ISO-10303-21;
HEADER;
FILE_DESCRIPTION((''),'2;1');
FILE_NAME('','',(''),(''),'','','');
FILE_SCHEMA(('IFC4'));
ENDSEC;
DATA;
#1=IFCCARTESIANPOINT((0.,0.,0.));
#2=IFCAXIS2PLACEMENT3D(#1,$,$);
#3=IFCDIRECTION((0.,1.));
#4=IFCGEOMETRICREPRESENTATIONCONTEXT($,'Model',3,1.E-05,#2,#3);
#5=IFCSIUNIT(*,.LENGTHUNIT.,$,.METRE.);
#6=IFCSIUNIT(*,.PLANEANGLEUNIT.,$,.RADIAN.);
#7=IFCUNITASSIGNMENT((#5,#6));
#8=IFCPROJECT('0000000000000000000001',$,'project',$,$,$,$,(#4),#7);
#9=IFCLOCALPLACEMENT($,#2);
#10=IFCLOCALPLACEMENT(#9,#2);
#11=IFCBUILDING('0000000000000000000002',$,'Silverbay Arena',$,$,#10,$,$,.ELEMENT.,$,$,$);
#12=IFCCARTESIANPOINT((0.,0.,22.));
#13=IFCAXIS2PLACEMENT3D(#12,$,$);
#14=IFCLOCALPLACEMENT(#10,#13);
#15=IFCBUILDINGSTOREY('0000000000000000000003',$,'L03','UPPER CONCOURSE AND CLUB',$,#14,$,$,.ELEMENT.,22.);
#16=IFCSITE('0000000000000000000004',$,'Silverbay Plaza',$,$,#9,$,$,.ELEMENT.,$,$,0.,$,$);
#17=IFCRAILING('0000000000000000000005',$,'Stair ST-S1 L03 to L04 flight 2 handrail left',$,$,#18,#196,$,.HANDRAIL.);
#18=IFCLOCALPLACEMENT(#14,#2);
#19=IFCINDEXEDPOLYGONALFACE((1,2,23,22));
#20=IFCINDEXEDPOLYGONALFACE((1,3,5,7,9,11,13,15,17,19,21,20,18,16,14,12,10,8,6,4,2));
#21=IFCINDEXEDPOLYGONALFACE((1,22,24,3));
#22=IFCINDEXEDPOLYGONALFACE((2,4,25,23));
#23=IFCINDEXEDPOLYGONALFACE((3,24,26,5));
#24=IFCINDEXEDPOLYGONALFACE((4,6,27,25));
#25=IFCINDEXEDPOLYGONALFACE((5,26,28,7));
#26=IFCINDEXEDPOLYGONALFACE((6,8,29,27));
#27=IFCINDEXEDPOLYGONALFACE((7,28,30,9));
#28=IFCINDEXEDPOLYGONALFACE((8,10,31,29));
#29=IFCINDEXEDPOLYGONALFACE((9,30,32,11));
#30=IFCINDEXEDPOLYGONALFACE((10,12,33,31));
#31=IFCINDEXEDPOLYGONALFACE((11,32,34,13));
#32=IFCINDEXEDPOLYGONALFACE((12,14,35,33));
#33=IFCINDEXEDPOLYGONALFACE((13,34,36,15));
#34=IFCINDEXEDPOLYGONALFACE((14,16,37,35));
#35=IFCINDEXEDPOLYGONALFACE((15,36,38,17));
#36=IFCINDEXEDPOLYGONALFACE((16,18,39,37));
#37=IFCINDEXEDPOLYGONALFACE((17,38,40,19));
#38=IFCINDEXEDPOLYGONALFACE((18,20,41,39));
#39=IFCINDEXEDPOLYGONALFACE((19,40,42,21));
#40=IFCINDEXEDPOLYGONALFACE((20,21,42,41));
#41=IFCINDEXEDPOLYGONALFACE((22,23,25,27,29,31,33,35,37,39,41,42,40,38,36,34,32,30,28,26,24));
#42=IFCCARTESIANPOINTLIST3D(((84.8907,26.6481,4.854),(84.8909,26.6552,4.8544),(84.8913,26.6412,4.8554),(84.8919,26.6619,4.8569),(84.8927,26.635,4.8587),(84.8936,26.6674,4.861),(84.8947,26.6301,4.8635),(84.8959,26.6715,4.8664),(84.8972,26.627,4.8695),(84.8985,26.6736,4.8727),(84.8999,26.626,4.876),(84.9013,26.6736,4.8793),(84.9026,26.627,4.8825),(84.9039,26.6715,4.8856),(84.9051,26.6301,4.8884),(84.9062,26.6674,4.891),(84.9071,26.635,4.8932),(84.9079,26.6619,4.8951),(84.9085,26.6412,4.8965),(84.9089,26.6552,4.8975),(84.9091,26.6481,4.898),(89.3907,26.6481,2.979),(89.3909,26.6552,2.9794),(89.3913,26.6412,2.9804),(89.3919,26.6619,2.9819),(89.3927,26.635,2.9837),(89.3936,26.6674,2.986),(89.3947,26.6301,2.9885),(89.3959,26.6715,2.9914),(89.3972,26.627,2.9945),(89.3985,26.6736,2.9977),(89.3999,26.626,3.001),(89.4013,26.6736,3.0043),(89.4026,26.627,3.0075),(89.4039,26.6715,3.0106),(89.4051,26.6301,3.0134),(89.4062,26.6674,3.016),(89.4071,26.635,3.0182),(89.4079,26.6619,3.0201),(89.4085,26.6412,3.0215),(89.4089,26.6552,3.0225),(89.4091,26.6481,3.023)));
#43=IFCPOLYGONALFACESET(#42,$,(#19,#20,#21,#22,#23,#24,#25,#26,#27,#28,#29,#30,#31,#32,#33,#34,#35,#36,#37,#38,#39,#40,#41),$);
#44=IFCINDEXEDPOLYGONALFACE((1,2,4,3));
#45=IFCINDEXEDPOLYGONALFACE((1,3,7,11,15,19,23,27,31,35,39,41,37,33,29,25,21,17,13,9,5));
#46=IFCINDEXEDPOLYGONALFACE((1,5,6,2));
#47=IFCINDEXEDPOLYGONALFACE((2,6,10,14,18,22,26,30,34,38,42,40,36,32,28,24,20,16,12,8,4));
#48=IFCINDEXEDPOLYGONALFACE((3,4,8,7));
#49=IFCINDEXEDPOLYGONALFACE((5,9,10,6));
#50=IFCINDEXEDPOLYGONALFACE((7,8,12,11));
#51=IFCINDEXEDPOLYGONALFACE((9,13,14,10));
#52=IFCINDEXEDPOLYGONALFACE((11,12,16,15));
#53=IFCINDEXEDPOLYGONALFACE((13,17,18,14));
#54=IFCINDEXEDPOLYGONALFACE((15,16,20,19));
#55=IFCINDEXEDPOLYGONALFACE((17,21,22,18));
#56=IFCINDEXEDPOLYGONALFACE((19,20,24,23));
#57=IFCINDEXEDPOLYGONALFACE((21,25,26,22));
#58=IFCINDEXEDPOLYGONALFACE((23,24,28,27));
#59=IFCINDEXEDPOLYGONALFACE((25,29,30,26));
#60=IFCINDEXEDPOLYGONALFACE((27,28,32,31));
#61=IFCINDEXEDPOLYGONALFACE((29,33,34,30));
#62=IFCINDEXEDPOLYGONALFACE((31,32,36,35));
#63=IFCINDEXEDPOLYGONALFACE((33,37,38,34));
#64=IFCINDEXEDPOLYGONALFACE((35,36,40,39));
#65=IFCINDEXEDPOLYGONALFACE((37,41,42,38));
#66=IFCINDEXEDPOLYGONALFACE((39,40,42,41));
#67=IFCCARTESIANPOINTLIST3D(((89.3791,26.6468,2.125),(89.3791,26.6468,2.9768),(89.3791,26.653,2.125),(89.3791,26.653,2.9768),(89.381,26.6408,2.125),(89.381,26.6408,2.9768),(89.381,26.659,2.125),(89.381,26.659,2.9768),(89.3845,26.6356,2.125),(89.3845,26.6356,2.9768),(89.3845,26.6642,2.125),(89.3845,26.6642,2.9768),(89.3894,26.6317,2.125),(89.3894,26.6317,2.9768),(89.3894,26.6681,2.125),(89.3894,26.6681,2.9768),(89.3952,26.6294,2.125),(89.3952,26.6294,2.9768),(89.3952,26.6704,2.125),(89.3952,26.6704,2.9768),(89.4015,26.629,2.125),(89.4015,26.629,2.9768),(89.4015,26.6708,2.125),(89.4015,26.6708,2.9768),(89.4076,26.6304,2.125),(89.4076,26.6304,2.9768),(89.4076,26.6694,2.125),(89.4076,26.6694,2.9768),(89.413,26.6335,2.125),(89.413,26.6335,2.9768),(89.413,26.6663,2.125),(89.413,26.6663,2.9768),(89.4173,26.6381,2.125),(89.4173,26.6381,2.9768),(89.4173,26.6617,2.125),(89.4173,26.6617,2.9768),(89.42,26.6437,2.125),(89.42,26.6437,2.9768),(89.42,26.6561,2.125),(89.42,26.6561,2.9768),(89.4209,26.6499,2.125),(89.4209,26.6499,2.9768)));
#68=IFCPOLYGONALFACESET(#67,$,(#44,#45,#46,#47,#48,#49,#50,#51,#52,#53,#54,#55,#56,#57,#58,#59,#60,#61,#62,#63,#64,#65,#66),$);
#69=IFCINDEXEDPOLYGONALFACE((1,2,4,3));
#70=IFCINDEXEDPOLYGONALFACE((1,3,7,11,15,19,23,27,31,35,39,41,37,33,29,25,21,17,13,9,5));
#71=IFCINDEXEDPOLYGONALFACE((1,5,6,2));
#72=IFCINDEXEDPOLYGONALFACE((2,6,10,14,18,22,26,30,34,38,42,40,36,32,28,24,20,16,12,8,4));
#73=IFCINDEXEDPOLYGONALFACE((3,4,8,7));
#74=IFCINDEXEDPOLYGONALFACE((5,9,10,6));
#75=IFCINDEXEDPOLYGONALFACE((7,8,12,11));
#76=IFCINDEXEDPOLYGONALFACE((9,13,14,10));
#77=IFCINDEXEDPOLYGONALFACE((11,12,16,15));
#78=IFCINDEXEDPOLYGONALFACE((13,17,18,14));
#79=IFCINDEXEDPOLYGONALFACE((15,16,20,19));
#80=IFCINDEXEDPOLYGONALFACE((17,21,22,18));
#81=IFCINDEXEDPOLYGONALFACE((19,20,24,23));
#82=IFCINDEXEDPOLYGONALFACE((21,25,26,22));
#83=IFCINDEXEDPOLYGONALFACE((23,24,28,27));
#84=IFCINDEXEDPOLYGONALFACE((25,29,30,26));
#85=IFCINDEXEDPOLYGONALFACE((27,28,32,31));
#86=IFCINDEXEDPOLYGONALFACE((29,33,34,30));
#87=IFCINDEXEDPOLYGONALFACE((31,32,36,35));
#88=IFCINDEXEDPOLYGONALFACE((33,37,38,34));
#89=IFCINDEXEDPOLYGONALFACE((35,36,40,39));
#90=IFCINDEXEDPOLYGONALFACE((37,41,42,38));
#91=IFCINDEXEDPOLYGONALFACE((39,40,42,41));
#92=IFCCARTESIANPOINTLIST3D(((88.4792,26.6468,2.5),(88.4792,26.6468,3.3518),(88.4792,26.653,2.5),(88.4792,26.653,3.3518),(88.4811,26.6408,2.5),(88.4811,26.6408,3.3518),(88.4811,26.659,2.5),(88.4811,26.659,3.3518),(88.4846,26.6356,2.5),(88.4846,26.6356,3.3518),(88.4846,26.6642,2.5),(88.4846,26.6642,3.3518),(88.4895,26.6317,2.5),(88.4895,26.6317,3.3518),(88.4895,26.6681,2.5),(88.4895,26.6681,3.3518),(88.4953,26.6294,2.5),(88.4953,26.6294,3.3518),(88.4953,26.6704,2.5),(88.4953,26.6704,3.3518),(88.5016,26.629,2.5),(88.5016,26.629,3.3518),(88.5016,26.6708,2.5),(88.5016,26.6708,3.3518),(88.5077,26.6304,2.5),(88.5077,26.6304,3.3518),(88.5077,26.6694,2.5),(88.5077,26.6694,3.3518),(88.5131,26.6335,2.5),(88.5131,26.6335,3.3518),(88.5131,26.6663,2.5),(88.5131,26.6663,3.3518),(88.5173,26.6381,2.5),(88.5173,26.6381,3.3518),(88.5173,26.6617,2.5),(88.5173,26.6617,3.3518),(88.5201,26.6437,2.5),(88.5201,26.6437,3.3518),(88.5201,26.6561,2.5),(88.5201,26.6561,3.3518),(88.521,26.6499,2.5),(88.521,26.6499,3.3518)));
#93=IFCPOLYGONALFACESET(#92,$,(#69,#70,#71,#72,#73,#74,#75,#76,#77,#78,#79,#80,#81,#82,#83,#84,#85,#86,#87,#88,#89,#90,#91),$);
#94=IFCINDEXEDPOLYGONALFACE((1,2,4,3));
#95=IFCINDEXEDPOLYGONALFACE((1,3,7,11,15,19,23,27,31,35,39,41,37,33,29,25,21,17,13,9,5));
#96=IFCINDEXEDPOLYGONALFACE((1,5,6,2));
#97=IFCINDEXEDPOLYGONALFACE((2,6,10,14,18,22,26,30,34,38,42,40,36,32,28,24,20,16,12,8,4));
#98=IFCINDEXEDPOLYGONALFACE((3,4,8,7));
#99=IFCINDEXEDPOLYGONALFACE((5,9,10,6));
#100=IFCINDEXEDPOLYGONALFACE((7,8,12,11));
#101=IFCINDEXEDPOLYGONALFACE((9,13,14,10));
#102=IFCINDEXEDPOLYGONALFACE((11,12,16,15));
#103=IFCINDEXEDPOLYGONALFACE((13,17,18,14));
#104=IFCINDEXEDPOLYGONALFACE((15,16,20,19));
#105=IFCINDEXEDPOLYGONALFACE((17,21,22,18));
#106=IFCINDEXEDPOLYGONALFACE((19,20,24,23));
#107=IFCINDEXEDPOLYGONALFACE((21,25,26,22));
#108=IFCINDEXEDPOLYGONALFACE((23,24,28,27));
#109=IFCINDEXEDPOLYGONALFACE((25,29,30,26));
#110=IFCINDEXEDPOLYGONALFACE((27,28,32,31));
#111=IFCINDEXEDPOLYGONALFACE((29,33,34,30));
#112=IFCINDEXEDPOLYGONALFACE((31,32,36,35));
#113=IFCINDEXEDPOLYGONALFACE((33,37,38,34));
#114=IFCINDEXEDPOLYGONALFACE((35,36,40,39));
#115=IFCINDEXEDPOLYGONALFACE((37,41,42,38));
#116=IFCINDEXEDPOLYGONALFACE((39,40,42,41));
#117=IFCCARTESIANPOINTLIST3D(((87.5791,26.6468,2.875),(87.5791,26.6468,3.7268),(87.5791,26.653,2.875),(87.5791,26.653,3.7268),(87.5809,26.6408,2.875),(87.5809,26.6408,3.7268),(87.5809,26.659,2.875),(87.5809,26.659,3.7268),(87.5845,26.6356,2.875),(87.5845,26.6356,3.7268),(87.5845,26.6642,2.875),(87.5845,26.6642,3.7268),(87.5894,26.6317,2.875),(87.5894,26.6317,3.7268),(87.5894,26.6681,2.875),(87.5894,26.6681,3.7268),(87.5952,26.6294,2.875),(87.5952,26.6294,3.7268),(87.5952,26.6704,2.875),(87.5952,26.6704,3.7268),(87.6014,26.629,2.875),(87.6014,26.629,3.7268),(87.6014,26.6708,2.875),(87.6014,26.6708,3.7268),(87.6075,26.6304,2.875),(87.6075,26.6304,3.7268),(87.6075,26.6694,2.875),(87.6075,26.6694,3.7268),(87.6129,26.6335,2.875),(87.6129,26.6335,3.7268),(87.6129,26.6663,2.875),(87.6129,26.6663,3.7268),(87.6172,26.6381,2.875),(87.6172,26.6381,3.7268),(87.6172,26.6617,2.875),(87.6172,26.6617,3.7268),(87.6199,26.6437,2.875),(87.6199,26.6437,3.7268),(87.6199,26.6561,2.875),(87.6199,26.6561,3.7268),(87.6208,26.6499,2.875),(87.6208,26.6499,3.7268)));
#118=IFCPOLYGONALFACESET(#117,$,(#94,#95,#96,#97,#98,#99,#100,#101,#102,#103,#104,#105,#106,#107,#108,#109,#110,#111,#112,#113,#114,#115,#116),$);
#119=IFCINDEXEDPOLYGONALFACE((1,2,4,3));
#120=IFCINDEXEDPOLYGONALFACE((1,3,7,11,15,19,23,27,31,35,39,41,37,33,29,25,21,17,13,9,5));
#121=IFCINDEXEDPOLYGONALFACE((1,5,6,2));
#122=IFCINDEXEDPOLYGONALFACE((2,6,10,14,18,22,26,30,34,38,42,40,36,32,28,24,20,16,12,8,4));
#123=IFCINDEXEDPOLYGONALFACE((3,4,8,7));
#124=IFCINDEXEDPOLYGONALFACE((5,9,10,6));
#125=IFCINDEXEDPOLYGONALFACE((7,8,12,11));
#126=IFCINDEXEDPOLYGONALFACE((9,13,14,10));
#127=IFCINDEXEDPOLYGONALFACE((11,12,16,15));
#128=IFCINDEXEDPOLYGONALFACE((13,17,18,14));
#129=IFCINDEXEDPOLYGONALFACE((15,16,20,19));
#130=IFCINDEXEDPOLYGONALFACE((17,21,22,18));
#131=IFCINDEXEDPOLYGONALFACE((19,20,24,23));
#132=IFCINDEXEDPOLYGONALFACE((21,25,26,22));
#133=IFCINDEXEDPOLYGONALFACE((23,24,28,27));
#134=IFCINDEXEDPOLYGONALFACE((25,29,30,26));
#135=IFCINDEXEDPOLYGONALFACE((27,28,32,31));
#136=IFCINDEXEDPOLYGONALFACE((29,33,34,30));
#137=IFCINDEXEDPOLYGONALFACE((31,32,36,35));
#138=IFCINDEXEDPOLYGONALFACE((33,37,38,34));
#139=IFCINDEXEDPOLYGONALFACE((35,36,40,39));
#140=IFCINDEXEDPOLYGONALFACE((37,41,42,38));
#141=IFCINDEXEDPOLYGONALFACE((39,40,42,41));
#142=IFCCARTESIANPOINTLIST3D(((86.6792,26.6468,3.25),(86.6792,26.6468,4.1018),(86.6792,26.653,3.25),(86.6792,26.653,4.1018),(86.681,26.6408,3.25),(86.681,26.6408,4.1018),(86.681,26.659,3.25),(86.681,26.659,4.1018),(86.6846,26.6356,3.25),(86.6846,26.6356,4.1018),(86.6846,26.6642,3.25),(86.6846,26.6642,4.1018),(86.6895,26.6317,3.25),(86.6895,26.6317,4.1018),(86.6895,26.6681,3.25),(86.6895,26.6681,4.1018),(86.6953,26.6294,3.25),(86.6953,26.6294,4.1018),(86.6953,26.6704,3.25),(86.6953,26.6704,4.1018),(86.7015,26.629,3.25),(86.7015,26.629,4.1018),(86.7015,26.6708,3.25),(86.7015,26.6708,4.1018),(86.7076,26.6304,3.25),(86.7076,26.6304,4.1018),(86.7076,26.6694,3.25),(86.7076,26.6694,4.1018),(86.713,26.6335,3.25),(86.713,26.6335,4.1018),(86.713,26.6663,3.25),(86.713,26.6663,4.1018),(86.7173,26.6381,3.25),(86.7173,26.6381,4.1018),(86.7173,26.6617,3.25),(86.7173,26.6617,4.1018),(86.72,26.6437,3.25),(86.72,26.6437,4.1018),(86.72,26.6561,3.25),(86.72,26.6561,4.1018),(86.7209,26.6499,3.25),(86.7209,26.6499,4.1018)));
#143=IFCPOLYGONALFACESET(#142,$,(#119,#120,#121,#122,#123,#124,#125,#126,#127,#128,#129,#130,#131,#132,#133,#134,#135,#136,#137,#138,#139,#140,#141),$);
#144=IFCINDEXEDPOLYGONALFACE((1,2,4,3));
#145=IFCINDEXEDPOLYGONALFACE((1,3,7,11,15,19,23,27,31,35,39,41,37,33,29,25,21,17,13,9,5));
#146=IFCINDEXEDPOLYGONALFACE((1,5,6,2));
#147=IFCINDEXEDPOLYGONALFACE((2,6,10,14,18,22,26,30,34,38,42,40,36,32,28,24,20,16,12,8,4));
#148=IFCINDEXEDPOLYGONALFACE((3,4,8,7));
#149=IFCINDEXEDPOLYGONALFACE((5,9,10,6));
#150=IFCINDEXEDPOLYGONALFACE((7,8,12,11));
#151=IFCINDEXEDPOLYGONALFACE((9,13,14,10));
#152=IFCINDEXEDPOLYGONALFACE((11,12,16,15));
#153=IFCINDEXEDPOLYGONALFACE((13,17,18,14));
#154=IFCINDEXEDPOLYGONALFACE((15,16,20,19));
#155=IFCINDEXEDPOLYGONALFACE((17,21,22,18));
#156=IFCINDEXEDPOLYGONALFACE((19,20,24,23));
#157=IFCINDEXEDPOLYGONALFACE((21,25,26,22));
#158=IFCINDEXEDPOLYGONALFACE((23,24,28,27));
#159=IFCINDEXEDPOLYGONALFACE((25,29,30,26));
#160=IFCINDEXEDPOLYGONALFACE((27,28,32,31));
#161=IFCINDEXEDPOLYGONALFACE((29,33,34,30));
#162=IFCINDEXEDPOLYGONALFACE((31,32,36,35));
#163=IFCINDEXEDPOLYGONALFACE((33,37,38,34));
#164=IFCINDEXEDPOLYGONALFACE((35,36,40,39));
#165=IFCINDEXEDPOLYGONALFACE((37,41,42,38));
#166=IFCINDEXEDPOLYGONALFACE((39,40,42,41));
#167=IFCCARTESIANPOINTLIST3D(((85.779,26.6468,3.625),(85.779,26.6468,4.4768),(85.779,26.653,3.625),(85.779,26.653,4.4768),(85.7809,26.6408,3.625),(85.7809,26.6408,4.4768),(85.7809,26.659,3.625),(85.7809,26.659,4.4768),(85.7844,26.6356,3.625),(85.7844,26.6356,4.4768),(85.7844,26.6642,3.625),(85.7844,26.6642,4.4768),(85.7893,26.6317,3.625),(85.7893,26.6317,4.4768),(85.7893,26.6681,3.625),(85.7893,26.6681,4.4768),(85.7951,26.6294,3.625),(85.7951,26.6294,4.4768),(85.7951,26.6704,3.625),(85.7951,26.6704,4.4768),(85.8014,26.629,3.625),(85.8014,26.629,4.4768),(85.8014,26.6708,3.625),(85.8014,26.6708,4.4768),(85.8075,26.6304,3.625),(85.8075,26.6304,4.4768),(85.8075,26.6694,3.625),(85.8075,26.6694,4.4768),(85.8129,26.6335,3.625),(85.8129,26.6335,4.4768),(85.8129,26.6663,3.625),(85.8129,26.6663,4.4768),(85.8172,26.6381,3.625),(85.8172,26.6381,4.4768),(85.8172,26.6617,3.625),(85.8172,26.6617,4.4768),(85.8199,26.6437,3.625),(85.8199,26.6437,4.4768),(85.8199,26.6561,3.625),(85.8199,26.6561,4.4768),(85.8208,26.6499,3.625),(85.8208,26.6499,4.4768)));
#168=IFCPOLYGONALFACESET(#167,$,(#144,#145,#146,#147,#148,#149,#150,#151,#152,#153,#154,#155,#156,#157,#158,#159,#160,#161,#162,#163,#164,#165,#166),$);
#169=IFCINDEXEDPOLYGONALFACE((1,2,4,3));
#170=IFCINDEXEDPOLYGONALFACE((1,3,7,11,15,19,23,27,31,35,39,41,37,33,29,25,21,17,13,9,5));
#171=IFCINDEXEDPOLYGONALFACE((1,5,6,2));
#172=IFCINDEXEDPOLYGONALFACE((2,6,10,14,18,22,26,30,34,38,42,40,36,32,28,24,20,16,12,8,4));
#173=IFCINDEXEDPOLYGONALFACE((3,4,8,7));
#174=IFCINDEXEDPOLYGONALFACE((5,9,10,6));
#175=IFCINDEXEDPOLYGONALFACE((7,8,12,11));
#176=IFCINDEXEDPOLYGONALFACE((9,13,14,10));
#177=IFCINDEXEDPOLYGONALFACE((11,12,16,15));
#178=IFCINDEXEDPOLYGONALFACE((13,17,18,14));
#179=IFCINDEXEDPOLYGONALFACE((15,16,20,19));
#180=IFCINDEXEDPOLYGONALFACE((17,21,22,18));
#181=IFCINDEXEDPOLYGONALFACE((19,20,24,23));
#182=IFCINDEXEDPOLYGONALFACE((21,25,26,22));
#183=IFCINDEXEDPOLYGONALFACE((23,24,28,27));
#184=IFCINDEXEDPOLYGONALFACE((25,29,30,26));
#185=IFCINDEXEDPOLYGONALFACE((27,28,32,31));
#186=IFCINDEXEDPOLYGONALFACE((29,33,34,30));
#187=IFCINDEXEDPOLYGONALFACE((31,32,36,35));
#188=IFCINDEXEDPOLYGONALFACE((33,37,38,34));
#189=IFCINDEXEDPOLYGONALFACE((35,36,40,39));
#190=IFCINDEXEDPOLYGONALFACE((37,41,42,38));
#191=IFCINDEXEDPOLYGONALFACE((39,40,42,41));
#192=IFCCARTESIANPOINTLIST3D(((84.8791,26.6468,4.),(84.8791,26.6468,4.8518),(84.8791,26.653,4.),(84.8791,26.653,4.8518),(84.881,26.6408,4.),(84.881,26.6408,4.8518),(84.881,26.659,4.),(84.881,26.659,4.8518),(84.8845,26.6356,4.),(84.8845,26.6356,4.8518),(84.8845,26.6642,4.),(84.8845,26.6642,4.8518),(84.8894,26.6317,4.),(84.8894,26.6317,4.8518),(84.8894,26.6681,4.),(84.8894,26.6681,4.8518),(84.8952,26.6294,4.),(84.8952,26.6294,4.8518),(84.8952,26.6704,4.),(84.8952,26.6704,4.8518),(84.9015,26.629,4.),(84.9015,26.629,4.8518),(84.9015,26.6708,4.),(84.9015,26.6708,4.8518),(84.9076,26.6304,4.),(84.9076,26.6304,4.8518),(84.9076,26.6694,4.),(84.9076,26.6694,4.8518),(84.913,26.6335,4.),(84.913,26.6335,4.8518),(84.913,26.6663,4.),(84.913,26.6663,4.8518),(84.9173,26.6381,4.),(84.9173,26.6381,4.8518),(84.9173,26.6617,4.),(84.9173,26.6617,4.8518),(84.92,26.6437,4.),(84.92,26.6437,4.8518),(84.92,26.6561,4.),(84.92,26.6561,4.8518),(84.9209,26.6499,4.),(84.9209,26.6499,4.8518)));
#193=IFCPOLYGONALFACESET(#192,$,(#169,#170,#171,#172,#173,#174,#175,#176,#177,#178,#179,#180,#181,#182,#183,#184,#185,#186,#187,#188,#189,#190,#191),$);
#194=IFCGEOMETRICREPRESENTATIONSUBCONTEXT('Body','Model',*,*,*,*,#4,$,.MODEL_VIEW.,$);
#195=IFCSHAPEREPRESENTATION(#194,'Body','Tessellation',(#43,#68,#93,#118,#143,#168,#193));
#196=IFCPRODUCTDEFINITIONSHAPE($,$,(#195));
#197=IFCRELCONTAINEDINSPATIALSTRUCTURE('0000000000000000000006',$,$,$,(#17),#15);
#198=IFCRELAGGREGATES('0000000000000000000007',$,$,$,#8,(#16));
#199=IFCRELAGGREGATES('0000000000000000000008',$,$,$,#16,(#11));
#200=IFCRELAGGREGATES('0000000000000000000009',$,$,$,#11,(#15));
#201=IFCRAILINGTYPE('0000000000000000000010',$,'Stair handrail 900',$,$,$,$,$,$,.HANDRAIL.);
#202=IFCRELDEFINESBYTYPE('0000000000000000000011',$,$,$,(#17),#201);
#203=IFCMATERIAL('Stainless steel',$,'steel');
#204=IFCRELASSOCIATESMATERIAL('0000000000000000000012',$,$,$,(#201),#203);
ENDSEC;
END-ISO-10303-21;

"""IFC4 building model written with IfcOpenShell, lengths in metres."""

from ifc_helpers import new_model, si_unit, direction, frame, origin, origin_2d, place, context, subcontext, project, spatial, circle, extrude, material, type_object, element, save


model = new_model("IFC4")

# Units and contexts
model_context = context("Model", 3, precision=1e-05, world=origin(), true_north=direction((0.0, 1.0)))
body_context = subcontext(model_context, "Body", "Model", "MODEL_VIEW")
ifc_project = project(units=[si_unit("LENGTHUNIT", "METRE"), si_unit("PLANEANGLEUNIT", "RADIAN")], contexts=[model_context])

# Site, building, storey
site_placement = place(None, origin())
site = spatial("IfcSite", under=ifc_project, at=site_placement, Name="Silverbay Plaza", CompositionType="ELEMENT", RefElevation=0.0)
building_placement = place(site_placement, origin())
building = spatial("IfcBuilding", under=site, at=building_placement, Name="Silverbay Arena", CompositionType="ELEMENT")
storey_placement = place(building_placement, frame((0.0, 0.0, 22.0)))
storey = spatial("IfcBuildingStorey", under=building, at=storey_placement, Name="L03", Description="UPPER CONCOURSE AND CLUB", CompositionType="ELEMENT", Elevation=22.0)

# Railing
ifc_material_1 = material(Name="Stainless steel", Category="steel")
railing_type_1 = type_object("IfcRailingType", Name="Stair handrail 900", PredefinedType="HANDRAIL", material=ifc_material_1)
for number, where, name in (
    (1, (89.3999, 26.6499, 2.125), "Stair ST-S1 L03 to L04 flight 2 handrail left"),
):
    element("IfcRailing", number, at=place(storey_placement, frame(where)), inside=storey, type_object=railing_type_1, Name=name, PredefinedType="HANDRAIL", context=body_context, shape_type="SweptSolid", body=[
        extrude(circle(Radius=0.0239, at=origin_2d()), frame((0.0, 0.0, 0.876), z_axis=(-0.923077, 0.0, 0.384615), x_axis=(0.0, -1.0, 0.0)), (0.0, 0.0, 1.0), 4.875),
        extrude(circle(Radius=0.021, at=origin_2d()), origin(), (0.0, 0.0, 1.0), 0.8518),
        extrude(circle(Radius=0.021, at=origin_2d()), frame((-0.8999, 0.0, 0.375)), (0.0, 0.0, 1.0), 0.8518),
        extrude(circle(Radius=0.021, at=origin_2d()), frame((-1.8, 0.0, 0.75)), (0.0, 0.0, 1.0), 0.8518),
        extrude(circle(Radius=0.021, at=origin_2d()), frame((-2.7, 0.0, 1.125)), (0.0, 0.0, 1.0), 0.8518),
        extrude(circle(Radius=0.021, at=origin_2d()), frame((-3.6001, 0.0, 1.5)), (0.0, 0.0, 1.0), 0.8518),
        extrude(circle(Radius=0.021, at=origin_2d()), frame((-4.5, 0.0, 1.875)), (0.0, 0.0, 1.0), 0.8518),
    ])

save(model, "model.ifc")
